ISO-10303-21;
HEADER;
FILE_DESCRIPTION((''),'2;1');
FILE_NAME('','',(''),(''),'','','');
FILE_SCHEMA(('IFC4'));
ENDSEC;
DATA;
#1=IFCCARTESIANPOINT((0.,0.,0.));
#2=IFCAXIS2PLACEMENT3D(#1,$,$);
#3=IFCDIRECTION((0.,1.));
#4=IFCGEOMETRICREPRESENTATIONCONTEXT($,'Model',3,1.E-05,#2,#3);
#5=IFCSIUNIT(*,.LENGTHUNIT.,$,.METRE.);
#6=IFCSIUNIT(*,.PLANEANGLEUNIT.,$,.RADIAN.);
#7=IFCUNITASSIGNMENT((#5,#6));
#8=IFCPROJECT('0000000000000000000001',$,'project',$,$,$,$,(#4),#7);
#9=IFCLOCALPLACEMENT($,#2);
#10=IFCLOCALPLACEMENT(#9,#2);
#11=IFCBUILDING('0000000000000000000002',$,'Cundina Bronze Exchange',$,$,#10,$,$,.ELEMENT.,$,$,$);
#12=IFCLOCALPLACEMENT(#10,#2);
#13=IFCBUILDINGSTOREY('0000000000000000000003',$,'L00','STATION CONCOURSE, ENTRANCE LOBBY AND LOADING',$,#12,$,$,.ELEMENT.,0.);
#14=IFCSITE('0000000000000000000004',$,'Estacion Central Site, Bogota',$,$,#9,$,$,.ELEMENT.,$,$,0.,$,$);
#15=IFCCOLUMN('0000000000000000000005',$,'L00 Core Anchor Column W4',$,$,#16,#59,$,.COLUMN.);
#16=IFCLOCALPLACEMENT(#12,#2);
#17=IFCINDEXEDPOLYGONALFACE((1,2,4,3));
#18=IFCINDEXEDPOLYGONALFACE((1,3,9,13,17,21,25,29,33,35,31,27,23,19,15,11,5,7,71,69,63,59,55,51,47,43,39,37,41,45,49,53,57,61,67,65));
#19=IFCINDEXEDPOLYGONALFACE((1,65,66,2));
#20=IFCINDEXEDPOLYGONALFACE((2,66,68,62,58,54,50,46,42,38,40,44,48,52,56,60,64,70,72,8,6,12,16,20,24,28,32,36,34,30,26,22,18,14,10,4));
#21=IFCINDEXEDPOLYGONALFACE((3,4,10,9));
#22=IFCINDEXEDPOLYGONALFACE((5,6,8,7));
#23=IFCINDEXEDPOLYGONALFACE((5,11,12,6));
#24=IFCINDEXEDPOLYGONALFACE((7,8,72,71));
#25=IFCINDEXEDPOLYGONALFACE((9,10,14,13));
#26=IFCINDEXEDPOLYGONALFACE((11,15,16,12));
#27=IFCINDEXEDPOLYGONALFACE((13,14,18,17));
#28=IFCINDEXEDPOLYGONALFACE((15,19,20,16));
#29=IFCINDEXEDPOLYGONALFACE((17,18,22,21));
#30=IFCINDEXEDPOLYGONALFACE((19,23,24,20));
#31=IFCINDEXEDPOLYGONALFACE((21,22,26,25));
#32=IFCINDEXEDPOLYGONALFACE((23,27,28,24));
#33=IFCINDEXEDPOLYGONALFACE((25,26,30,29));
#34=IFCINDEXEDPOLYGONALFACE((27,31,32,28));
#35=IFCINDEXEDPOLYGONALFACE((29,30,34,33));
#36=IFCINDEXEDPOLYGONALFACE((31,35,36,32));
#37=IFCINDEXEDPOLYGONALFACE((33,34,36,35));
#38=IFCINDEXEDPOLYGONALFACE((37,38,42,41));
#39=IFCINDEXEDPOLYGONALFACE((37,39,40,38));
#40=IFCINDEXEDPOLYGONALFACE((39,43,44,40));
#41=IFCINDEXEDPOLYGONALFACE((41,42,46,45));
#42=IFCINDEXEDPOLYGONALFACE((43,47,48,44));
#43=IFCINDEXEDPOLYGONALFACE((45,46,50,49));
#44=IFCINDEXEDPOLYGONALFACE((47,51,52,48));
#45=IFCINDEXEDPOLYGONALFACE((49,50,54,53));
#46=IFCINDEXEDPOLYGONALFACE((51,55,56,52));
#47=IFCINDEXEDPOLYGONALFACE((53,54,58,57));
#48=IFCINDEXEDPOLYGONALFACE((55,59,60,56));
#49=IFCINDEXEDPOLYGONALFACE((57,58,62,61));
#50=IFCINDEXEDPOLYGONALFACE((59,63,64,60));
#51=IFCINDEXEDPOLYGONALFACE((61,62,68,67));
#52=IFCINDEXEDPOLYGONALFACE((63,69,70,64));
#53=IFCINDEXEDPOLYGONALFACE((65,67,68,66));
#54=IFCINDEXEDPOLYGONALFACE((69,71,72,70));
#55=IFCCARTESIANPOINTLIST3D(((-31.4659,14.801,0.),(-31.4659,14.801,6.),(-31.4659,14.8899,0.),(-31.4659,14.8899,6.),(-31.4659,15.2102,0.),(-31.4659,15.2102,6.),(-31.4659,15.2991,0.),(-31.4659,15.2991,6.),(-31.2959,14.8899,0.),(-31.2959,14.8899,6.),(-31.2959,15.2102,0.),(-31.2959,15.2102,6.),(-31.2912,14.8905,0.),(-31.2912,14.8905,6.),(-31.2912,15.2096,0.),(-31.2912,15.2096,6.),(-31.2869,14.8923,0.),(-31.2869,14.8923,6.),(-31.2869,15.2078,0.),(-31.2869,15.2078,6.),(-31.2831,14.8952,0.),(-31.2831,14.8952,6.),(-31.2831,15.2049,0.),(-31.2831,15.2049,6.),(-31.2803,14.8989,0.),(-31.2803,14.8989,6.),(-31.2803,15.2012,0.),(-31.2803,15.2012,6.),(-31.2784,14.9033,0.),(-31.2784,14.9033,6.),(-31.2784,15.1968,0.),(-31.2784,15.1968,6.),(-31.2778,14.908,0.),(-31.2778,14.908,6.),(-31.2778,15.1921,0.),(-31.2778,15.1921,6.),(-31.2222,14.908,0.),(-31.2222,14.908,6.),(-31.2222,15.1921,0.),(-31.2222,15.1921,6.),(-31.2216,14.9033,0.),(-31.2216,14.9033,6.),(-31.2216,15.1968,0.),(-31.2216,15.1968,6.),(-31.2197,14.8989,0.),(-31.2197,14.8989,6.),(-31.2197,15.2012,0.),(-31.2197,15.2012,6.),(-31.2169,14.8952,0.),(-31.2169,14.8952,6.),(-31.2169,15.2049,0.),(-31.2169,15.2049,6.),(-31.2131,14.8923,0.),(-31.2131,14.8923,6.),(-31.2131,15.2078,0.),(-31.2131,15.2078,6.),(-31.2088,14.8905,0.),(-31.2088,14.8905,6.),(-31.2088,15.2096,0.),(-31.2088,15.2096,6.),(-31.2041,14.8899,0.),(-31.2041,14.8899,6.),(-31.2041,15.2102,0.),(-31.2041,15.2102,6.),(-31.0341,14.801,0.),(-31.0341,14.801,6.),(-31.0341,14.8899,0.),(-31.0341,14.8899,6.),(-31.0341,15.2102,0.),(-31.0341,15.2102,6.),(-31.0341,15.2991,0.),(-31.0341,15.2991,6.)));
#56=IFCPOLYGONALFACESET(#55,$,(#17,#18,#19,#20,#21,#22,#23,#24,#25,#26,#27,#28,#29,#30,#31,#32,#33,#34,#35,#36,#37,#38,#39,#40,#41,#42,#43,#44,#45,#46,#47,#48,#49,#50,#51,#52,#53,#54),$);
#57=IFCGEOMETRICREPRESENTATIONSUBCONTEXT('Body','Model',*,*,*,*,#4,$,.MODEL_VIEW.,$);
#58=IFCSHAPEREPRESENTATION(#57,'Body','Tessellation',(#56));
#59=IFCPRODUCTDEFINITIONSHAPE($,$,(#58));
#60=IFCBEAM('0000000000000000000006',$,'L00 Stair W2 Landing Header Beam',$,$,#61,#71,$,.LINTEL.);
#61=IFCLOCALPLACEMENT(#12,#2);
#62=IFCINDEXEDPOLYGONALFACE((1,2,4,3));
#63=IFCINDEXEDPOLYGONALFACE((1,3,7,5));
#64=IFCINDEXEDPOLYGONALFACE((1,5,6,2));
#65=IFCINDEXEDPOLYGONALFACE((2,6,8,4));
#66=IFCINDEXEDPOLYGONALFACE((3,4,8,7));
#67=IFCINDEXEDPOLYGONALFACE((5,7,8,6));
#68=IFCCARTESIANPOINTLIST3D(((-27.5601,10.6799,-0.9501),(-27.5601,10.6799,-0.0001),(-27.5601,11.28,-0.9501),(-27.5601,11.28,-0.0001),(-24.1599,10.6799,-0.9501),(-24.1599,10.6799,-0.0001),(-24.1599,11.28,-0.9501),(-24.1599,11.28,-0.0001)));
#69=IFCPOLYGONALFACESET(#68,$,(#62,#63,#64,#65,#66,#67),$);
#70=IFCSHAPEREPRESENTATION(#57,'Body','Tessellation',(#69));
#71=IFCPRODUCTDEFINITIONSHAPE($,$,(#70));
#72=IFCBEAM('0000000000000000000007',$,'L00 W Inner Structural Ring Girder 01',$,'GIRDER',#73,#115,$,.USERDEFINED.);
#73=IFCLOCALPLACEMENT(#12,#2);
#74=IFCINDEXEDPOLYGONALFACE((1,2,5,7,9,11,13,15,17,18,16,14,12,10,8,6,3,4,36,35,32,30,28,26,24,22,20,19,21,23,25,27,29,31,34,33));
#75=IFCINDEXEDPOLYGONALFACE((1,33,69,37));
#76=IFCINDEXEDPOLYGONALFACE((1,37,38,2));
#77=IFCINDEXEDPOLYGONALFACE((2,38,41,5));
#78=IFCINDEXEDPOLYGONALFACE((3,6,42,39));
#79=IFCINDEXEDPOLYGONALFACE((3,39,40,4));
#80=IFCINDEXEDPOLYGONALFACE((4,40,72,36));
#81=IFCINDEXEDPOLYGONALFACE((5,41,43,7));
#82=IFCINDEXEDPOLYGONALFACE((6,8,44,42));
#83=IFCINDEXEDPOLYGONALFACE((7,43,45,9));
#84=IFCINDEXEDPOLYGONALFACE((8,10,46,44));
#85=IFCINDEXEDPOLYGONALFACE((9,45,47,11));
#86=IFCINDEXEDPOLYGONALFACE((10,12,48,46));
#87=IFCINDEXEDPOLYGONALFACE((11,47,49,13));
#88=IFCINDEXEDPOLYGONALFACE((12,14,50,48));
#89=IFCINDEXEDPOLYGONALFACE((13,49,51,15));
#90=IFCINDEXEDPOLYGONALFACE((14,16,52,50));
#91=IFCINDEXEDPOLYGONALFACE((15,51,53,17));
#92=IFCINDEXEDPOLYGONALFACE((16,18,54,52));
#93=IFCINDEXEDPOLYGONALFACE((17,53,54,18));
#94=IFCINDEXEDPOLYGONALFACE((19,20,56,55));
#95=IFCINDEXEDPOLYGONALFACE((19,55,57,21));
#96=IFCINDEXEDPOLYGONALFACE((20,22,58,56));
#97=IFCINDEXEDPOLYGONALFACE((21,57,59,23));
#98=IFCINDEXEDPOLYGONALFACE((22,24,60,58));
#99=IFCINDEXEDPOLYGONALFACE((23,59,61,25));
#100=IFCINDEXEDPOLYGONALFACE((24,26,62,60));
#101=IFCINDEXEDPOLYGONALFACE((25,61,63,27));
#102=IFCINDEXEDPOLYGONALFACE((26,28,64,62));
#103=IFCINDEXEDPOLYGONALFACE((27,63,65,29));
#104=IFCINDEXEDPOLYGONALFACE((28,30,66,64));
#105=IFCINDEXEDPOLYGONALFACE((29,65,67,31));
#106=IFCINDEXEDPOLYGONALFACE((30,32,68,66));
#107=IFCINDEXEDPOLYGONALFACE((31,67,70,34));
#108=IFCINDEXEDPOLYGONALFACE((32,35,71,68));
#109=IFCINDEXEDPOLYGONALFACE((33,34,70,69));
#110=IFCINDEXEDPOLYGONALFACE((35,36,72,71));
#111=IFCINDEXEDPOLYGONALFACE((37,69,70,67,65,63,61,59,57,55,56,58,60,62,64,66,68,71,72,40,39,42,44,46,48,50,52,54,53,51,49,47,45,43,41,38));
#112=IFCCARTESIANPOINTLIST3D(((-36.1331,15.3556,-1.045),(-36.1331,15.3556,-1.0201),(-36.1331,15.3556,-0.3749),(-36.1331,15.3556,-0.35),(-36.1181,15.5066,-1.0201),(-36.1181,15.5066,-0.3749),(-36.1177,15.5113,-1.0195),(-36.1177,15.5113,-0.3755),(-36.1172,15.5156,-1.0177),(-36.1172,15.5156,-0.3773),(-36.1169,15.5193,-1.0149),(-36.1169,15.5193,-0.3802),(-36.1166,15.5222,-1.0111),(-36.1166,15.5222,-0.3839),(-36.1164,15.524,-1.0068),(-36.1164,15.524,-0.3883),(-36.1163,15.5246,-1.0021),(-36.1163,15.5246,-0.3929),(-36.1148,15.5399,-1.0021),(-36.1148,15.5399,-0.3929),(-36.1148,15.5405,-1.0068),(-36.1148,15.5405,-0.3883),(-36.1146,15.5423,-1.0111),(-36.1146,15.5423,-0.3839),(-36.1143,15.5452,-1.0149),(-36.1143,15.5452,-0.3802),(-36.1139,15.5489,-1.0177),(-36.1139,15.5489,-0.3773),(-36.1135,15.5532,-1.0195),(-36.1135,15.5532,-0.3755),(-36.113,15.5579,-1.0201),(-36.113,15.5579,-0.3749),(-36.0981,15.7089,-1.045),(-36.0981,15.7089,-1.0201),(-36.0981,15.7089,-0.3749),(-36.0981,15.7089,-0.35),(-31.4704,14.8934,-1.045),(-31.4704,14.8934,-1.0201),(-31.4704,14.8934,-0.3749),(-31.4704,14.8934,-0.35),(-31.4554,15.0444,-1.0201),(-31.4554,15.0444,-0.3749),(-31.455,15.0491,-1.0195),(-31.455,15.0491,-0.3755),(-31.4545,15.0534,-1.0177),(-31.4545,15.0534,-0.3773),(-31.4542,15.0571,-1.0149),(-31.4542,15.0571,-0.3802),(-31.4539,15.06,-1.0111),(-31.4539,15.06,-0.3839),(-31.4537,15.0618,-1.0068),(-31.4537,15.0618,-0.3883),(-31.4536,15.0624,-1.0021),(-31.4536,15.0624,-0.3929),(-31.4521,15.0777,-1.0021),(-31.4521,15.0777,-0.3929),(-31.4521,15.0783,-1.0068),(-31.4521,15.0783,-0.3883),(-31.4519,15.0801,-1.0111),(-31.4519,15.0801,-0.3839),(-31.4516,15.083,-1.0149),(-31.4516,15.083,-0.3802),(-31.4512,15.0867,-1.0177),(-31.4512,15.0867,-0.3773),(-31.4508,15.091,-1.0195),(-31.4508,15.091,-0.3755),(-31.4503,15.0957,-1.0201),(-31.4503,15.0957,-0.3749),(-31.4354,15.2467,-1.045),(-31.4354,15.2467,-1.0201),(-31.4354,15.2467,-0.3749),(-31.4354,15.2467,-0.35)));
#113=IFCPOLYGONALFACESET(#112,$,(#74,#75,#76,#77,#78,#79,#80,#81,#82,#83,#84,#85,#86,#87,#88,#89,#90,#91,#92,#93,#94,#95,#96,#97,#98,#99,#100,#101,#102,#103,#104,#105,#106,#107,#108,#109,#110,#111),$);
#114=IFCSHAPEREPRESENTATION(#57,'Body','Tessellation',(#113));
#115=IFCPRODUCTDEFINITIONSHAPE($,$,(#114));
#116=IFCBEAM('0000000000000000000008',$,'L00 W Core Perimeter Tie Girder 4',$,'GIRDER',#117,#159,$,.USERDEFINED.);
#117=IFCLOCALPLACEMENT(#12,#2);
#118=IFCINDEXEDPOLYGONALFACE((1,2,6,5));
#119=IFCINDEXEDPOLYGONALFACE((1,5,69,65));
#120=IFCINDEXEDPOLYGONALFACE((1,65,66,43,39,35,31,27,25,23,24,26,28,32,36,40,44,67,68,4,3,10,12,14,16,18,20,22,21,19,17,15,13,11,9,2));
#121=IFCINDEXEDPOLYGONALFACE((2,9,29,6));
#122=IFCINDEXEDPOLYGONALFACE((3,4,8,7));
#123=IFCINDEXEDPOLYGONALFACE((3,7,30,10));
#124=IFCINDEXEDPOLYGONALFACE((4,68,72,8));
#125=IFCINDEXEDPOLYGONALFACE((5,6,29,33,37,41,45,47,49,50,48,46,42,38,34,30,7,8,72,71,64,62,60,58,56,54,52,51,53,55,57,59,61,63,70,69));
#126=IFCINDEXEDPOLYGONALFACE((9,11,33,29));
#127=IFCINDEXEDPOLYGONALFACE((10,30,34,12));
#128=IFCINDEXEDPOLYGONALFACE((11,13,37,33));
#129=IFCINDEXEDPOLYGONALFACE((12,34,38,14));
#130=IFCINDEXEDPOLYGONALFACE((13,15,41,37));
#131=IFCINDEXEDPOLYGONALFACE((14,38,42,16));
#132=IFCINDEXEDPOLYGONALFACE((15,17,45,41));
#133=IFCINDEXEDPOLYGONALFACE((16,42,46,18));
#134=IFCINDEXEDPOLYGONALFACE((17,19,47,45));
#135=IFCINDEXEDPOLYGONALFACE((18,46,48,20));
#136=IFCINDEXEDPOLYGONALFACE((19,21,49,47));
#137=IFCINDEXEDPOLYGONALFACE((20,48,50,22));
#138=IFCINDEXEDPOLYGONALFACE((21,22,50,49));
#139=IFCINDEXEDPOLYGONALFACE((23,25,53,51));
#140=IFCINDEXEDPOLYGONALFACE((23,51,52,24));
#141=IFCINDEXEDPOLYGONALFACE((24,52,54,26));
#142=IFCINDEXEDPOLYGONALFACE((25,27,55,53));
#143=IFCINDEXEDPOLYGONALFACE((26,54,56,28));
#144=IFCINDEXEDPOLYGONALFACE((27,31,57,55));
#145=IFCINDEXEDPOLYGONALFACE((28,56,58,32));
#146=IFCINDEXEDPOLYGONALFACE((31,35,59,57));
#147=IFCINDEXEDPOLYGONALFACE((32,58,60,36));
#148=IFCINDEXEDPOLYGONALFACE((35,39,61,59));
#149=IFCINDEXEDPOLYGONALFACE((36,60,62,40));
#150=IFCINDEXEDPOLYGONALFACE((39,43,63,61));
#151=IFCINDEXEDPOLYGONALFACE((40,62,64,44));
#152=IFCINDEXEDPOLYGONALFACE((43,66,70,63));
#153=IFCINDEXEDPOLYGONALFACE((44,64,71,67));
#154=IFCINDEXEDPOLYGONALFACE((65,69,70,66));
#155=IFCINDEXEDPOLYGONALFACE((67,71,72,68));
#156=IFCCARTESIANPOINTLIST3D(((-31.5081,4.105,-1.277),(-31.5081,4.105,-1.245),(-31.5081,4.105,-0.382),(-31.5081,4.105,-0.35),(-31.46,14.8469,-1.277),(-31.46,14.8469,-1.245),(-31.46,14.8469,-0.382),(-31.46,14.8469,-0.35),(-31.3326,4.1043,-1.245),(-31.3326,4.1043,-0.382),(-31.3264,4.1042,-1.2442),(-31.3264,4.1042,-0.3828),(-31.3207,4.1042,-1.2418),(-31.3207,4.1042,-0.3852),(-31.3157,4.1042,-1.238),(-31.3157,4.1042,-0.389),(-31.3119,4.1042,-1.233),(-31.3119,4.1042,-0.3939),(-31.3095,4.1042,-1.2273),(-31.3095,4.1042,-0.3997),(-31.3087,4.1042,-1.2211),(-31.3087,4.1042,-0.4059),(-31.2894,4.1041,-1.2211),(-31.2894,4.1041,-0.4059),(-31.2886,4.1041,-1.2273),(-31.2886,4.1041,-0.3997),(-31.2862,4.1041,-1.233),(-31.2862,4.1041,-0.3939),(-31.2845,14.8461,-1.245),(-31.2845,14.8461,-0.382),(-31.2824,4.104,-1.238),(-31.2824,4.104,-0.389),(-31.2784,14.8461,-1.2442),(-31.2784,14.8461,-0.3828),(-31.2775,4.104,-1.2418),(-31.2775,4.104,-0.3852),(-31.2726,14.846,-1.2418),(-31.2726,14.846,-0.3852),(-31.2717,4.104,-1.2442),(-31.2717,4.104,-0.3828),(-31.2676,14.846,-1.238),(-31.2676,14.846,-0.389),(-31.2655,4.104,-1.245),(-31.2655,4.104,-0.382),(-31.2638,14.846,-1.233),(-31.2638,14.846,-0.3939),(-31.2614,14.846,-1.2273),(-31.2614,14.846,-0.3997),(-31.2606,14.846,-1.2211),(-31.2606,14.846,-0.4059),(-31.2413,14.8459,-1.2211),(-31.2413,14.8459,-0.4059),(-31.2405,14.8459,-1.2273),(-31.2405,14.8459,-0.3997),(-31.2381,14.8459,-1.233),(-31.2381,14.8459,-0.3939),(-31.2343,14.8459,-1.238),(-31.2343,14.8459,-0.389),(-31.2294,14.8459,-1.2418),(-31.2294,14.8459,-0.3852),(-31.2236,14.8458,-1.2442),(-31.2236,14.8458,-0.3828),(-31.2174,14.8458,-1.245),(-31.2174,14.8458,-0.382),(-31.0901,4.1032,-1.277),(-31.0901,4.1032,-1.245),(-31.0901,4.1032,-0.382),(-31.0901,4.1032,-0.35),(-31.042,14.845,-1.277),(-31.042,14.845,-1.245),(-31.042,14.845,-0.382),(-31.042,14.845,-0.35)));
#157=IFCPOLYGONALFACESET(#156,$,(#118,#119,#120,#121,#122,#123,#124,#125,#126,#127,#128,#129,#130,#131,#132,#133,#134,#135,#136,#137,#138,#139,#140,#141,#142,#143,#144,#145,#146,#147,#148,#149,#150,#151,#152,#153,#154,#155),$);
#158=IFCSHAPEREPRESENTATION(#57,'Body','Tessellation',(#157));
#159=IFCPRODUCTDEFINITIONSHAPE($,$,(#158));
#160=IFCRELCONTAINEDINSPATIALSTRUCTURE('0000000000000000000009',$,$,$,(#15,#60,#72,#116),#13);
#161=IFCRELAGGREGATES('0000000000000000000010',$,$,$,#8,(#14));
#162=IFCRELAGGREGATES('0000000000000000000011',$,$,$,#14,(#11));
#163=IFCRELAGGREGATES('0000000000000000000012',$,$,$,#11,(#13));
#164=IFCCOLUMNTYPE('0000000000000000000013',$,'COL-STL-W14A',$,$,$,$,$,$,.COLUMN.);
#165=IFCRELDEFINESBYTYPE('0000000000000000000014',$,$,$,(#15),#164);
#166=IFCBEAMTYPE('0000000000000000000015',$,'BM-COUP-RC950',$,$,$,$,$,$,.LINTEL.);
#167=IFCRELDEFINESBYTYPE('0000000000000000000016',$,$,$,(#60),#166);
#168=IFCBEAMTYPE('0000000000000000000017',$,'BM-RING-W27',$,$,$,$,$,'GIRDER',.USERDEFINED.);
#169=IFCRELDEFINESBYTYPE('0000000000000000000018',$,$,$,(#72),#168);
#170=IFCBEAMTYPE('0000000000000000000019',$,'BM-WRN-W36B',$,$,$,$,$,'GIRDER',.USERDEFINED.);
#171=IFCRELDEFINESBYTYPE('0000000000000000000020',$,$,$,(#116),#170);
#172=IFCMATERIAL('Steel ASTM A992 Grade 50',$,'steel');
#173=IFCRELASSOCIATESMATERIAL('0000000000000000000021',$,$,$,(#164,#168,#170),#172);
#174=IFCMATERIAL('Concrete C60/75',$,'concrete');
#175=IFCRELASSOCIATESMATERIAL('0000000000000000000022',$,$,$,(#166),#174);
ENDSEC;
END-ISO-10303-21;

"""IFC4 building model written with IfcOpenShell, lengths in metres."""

from ifc_helpers import new_model, si_unit, direction, frame, origin, origin_2d, place, context, subcontext, project, spatial, rectangle, i_section, extrude, material, material_profile, profile_set, type_object, element, save


model = new_model("IFC4")

# Units and contexts
model_context = context("Model", 3, precision=1e-05, world=origin(), true_north=direction((0.0, 1.0)))
body_context = subcontext(model_context, "Body", "Model", "MODEL_VIEW")
ifc_project = project(units=[si_unit("LENGTHUNIT", "METRE"), si_unit("PLANEANGLEUNIT", "RADIAN")], contexts=[model_context])

# Site, building, storey
site_placement = place(None, origin())
site = spatial("IfcSite", under=ifc_project, at=site_placement, Name="Estacion Central Site, Bogota", CompositionType="ELEMENT", RefElevation=0.0)
building_placement = place(site_placement, origin())
building = spatial("IfcBuilding", under=site, at=building_placement, Name="Cundina Bronze Exchange", CompositionType="ELEMENT")
storey_placement = place(building_placement, origin())
storey = spatial("IfcBuildingStorey", under=building, at=storey_placement, Name="L00", Description="STATION CONCOURSE, ENTRANCE LOBBY AND LOADING", CompositionType="ELEMENT", Elevation=0.0)

# Column
ifc_material_1 = material(Name="Steel ASTM A992 Grade 50", Category="steel")
ifc_material_profile_1 = material_profile(ifc_material_1, i_section(OverallWidth=0.4319, OverallDepth=0.498, WebThickness=0.0557, FlangeThickness=0.0889, FilletRadius=0.0181, at=origin_2d()), Name="W14X500", Category="steel")
ifc_profile_set_1 = profile_set([ifc_material_profile_1], Name="Steel ASTM A992 Grade 50")
column_type = type_object("IfcColumnType", Name="COL-STL-W14A", PredefinedType="COLUMN", material=ifc_profile_set_1)
column_placement = place(storey_placement, frame((-31.25, 15.05, 0.0), z_axis=(0.0, 0.0, 1.0), x_axis=(1.0, 0.0, 0.0)))
element("IfcColumn", 1, at=column_placement, inside=storey, type_object=column_type, Name="L00 Core Anchor Column W4", PredefinedType="COLUMN", context=body_context, shape_type="SweptSolid", body=[
    extrude(i_section(OverallWidth=0.4319, OverallDepth=0.498, WebThickness=0.0557, FlangeThickness=0.0889, FilletRadius=0.0181, at=origin_2d()), origin(), (0.0, 0.0, 1.0), 6.0),
])

# Beams
ifc_material_2 = material(Name="Concrete C60/75", Category="concrete")
ifc_material_profile_2 = material_profile(ifc_material_2, rectangle(XDim=0.6001, YDim=0.95, at=origin_2d()), Name="RC600X950", Category="concrete")
ifc_profile_set_2 = profile_set([ifc_material_profile_2], Name="Concrete C60/75")
beam_type_1 = type_object("IfcBeamType", Name="BM-COUP-RC950", PredefinedType="LINTEL", material=ifc_profile_set_2)
beam_1_placement = place(storey_placement, frame((-27.5601, 10.98, -0.4751), z_axis=(1.0, 0.0, 0.0), x_axis=(0.0, 1.0, 0.0)))
element("IfcBeam", 2, at=beam_1_placement, inside=storey, type_object=beam_type_1, Name="L00 Stair W2 Landing Header Beam", PredefinedType="LINTEL", context=body_context, shape_type="SweptSolid", body=[
    extrude(rectangle(XDim=0.6001, YDim=0.95, at=origin_2d()), origin(), (0.0, 0.0, 1.0), 3.4001),
])
ifc_material_profile_3 = material_profile(ifc_material_1, i_section(OverallWidth=0.355, OverallDepth=0.6951, WebThickness=0.0154, FlangeThickness=0.0249, FilletRadius=0.0181, at=origin_2d()), Name="W27X146", Category="steel")
ifc_profile_set_3 = profile_set([ifc_material_profile_3], Name="Steel ASTM A992 Grade 50")
beam_type_2 = type_object("IfcBeamType", Name="BM-RING-W27", ElementType="GIRDER", PredefinedType="USERDEFINED", material=ifc_profile_set_3)
beam_2_placement = place(storey_placement, frame((-31.4529, 15.0701, -0.6975), z_axis=(-0.995123, 0.098637, 0.0), x_axis=(-0.098637, -0.995123, 0.0)))
element("IfcBeam", 3, at=beam_2_placement, inside=storey, type_object=beam_type_2, Name="L00 W Inner Structural Ring Girder 01", ObjectType="GIRDER", PredefinedType="USERDEFINED", context=body_context, shape_type="SweptSolid", body=[
    extrude(i_section(OverallWidth=0.355, OverallDepth=0.6951, WebThickness=0.0154, FlangeThickness=0.0249, FilletRadius=0.0181, at=origin_2d()), origin(), (0.0, 0.0, 1.0), 4.6855),
])
ifc_material_profile_4 = material_profile(ifc_material_1, i_section(OverallWidth=0.418, OverallDepth=0.927, WebThickness=0.0193, FlangeThickness=0.032, FilletRadius=0.0239, at=origin_2d()), Name="W36X231", Category="steel")
ifc_profile_set_4 = profile_set([ifc_material_profile_4], Name="Steel ASTM A992 Grade 50")
beam_type_3 = type_object("IfcBeamType", Name="BM-WRN-W36B", ElementType="GIRDER", PredefinedType="USERDEFINED", material=ifc_profile_set_4)
beam_3_placement = place(storey_placement, frame((-31.251, 14.8459, -0.8135), z_axis=(-0.004477, -0.99999, 0.0), x_axis=(0.99999, -0.004477, 0.0)))
element("IfcBeam", 4, at=beam_3_placement, inside=storey, type_object=beam_type_3, Name="L00 W Core Perimeter Tie Girder 4", ObjectType="GIRDER", PredefinedType="USERDEFINED", context=body_context, shape_type="SweptSolid", body=[
    extrude(i_section(OverallWidth=0.418, OverallDepth=0.927, WebThickness=0.0193, FlangeThickness=0.032, FilletRadius=0.0239, at=origin_2d()), origin(), (0.0, 0.0, 1.0), 10.7419),
])

save(model, "model.ifc")
